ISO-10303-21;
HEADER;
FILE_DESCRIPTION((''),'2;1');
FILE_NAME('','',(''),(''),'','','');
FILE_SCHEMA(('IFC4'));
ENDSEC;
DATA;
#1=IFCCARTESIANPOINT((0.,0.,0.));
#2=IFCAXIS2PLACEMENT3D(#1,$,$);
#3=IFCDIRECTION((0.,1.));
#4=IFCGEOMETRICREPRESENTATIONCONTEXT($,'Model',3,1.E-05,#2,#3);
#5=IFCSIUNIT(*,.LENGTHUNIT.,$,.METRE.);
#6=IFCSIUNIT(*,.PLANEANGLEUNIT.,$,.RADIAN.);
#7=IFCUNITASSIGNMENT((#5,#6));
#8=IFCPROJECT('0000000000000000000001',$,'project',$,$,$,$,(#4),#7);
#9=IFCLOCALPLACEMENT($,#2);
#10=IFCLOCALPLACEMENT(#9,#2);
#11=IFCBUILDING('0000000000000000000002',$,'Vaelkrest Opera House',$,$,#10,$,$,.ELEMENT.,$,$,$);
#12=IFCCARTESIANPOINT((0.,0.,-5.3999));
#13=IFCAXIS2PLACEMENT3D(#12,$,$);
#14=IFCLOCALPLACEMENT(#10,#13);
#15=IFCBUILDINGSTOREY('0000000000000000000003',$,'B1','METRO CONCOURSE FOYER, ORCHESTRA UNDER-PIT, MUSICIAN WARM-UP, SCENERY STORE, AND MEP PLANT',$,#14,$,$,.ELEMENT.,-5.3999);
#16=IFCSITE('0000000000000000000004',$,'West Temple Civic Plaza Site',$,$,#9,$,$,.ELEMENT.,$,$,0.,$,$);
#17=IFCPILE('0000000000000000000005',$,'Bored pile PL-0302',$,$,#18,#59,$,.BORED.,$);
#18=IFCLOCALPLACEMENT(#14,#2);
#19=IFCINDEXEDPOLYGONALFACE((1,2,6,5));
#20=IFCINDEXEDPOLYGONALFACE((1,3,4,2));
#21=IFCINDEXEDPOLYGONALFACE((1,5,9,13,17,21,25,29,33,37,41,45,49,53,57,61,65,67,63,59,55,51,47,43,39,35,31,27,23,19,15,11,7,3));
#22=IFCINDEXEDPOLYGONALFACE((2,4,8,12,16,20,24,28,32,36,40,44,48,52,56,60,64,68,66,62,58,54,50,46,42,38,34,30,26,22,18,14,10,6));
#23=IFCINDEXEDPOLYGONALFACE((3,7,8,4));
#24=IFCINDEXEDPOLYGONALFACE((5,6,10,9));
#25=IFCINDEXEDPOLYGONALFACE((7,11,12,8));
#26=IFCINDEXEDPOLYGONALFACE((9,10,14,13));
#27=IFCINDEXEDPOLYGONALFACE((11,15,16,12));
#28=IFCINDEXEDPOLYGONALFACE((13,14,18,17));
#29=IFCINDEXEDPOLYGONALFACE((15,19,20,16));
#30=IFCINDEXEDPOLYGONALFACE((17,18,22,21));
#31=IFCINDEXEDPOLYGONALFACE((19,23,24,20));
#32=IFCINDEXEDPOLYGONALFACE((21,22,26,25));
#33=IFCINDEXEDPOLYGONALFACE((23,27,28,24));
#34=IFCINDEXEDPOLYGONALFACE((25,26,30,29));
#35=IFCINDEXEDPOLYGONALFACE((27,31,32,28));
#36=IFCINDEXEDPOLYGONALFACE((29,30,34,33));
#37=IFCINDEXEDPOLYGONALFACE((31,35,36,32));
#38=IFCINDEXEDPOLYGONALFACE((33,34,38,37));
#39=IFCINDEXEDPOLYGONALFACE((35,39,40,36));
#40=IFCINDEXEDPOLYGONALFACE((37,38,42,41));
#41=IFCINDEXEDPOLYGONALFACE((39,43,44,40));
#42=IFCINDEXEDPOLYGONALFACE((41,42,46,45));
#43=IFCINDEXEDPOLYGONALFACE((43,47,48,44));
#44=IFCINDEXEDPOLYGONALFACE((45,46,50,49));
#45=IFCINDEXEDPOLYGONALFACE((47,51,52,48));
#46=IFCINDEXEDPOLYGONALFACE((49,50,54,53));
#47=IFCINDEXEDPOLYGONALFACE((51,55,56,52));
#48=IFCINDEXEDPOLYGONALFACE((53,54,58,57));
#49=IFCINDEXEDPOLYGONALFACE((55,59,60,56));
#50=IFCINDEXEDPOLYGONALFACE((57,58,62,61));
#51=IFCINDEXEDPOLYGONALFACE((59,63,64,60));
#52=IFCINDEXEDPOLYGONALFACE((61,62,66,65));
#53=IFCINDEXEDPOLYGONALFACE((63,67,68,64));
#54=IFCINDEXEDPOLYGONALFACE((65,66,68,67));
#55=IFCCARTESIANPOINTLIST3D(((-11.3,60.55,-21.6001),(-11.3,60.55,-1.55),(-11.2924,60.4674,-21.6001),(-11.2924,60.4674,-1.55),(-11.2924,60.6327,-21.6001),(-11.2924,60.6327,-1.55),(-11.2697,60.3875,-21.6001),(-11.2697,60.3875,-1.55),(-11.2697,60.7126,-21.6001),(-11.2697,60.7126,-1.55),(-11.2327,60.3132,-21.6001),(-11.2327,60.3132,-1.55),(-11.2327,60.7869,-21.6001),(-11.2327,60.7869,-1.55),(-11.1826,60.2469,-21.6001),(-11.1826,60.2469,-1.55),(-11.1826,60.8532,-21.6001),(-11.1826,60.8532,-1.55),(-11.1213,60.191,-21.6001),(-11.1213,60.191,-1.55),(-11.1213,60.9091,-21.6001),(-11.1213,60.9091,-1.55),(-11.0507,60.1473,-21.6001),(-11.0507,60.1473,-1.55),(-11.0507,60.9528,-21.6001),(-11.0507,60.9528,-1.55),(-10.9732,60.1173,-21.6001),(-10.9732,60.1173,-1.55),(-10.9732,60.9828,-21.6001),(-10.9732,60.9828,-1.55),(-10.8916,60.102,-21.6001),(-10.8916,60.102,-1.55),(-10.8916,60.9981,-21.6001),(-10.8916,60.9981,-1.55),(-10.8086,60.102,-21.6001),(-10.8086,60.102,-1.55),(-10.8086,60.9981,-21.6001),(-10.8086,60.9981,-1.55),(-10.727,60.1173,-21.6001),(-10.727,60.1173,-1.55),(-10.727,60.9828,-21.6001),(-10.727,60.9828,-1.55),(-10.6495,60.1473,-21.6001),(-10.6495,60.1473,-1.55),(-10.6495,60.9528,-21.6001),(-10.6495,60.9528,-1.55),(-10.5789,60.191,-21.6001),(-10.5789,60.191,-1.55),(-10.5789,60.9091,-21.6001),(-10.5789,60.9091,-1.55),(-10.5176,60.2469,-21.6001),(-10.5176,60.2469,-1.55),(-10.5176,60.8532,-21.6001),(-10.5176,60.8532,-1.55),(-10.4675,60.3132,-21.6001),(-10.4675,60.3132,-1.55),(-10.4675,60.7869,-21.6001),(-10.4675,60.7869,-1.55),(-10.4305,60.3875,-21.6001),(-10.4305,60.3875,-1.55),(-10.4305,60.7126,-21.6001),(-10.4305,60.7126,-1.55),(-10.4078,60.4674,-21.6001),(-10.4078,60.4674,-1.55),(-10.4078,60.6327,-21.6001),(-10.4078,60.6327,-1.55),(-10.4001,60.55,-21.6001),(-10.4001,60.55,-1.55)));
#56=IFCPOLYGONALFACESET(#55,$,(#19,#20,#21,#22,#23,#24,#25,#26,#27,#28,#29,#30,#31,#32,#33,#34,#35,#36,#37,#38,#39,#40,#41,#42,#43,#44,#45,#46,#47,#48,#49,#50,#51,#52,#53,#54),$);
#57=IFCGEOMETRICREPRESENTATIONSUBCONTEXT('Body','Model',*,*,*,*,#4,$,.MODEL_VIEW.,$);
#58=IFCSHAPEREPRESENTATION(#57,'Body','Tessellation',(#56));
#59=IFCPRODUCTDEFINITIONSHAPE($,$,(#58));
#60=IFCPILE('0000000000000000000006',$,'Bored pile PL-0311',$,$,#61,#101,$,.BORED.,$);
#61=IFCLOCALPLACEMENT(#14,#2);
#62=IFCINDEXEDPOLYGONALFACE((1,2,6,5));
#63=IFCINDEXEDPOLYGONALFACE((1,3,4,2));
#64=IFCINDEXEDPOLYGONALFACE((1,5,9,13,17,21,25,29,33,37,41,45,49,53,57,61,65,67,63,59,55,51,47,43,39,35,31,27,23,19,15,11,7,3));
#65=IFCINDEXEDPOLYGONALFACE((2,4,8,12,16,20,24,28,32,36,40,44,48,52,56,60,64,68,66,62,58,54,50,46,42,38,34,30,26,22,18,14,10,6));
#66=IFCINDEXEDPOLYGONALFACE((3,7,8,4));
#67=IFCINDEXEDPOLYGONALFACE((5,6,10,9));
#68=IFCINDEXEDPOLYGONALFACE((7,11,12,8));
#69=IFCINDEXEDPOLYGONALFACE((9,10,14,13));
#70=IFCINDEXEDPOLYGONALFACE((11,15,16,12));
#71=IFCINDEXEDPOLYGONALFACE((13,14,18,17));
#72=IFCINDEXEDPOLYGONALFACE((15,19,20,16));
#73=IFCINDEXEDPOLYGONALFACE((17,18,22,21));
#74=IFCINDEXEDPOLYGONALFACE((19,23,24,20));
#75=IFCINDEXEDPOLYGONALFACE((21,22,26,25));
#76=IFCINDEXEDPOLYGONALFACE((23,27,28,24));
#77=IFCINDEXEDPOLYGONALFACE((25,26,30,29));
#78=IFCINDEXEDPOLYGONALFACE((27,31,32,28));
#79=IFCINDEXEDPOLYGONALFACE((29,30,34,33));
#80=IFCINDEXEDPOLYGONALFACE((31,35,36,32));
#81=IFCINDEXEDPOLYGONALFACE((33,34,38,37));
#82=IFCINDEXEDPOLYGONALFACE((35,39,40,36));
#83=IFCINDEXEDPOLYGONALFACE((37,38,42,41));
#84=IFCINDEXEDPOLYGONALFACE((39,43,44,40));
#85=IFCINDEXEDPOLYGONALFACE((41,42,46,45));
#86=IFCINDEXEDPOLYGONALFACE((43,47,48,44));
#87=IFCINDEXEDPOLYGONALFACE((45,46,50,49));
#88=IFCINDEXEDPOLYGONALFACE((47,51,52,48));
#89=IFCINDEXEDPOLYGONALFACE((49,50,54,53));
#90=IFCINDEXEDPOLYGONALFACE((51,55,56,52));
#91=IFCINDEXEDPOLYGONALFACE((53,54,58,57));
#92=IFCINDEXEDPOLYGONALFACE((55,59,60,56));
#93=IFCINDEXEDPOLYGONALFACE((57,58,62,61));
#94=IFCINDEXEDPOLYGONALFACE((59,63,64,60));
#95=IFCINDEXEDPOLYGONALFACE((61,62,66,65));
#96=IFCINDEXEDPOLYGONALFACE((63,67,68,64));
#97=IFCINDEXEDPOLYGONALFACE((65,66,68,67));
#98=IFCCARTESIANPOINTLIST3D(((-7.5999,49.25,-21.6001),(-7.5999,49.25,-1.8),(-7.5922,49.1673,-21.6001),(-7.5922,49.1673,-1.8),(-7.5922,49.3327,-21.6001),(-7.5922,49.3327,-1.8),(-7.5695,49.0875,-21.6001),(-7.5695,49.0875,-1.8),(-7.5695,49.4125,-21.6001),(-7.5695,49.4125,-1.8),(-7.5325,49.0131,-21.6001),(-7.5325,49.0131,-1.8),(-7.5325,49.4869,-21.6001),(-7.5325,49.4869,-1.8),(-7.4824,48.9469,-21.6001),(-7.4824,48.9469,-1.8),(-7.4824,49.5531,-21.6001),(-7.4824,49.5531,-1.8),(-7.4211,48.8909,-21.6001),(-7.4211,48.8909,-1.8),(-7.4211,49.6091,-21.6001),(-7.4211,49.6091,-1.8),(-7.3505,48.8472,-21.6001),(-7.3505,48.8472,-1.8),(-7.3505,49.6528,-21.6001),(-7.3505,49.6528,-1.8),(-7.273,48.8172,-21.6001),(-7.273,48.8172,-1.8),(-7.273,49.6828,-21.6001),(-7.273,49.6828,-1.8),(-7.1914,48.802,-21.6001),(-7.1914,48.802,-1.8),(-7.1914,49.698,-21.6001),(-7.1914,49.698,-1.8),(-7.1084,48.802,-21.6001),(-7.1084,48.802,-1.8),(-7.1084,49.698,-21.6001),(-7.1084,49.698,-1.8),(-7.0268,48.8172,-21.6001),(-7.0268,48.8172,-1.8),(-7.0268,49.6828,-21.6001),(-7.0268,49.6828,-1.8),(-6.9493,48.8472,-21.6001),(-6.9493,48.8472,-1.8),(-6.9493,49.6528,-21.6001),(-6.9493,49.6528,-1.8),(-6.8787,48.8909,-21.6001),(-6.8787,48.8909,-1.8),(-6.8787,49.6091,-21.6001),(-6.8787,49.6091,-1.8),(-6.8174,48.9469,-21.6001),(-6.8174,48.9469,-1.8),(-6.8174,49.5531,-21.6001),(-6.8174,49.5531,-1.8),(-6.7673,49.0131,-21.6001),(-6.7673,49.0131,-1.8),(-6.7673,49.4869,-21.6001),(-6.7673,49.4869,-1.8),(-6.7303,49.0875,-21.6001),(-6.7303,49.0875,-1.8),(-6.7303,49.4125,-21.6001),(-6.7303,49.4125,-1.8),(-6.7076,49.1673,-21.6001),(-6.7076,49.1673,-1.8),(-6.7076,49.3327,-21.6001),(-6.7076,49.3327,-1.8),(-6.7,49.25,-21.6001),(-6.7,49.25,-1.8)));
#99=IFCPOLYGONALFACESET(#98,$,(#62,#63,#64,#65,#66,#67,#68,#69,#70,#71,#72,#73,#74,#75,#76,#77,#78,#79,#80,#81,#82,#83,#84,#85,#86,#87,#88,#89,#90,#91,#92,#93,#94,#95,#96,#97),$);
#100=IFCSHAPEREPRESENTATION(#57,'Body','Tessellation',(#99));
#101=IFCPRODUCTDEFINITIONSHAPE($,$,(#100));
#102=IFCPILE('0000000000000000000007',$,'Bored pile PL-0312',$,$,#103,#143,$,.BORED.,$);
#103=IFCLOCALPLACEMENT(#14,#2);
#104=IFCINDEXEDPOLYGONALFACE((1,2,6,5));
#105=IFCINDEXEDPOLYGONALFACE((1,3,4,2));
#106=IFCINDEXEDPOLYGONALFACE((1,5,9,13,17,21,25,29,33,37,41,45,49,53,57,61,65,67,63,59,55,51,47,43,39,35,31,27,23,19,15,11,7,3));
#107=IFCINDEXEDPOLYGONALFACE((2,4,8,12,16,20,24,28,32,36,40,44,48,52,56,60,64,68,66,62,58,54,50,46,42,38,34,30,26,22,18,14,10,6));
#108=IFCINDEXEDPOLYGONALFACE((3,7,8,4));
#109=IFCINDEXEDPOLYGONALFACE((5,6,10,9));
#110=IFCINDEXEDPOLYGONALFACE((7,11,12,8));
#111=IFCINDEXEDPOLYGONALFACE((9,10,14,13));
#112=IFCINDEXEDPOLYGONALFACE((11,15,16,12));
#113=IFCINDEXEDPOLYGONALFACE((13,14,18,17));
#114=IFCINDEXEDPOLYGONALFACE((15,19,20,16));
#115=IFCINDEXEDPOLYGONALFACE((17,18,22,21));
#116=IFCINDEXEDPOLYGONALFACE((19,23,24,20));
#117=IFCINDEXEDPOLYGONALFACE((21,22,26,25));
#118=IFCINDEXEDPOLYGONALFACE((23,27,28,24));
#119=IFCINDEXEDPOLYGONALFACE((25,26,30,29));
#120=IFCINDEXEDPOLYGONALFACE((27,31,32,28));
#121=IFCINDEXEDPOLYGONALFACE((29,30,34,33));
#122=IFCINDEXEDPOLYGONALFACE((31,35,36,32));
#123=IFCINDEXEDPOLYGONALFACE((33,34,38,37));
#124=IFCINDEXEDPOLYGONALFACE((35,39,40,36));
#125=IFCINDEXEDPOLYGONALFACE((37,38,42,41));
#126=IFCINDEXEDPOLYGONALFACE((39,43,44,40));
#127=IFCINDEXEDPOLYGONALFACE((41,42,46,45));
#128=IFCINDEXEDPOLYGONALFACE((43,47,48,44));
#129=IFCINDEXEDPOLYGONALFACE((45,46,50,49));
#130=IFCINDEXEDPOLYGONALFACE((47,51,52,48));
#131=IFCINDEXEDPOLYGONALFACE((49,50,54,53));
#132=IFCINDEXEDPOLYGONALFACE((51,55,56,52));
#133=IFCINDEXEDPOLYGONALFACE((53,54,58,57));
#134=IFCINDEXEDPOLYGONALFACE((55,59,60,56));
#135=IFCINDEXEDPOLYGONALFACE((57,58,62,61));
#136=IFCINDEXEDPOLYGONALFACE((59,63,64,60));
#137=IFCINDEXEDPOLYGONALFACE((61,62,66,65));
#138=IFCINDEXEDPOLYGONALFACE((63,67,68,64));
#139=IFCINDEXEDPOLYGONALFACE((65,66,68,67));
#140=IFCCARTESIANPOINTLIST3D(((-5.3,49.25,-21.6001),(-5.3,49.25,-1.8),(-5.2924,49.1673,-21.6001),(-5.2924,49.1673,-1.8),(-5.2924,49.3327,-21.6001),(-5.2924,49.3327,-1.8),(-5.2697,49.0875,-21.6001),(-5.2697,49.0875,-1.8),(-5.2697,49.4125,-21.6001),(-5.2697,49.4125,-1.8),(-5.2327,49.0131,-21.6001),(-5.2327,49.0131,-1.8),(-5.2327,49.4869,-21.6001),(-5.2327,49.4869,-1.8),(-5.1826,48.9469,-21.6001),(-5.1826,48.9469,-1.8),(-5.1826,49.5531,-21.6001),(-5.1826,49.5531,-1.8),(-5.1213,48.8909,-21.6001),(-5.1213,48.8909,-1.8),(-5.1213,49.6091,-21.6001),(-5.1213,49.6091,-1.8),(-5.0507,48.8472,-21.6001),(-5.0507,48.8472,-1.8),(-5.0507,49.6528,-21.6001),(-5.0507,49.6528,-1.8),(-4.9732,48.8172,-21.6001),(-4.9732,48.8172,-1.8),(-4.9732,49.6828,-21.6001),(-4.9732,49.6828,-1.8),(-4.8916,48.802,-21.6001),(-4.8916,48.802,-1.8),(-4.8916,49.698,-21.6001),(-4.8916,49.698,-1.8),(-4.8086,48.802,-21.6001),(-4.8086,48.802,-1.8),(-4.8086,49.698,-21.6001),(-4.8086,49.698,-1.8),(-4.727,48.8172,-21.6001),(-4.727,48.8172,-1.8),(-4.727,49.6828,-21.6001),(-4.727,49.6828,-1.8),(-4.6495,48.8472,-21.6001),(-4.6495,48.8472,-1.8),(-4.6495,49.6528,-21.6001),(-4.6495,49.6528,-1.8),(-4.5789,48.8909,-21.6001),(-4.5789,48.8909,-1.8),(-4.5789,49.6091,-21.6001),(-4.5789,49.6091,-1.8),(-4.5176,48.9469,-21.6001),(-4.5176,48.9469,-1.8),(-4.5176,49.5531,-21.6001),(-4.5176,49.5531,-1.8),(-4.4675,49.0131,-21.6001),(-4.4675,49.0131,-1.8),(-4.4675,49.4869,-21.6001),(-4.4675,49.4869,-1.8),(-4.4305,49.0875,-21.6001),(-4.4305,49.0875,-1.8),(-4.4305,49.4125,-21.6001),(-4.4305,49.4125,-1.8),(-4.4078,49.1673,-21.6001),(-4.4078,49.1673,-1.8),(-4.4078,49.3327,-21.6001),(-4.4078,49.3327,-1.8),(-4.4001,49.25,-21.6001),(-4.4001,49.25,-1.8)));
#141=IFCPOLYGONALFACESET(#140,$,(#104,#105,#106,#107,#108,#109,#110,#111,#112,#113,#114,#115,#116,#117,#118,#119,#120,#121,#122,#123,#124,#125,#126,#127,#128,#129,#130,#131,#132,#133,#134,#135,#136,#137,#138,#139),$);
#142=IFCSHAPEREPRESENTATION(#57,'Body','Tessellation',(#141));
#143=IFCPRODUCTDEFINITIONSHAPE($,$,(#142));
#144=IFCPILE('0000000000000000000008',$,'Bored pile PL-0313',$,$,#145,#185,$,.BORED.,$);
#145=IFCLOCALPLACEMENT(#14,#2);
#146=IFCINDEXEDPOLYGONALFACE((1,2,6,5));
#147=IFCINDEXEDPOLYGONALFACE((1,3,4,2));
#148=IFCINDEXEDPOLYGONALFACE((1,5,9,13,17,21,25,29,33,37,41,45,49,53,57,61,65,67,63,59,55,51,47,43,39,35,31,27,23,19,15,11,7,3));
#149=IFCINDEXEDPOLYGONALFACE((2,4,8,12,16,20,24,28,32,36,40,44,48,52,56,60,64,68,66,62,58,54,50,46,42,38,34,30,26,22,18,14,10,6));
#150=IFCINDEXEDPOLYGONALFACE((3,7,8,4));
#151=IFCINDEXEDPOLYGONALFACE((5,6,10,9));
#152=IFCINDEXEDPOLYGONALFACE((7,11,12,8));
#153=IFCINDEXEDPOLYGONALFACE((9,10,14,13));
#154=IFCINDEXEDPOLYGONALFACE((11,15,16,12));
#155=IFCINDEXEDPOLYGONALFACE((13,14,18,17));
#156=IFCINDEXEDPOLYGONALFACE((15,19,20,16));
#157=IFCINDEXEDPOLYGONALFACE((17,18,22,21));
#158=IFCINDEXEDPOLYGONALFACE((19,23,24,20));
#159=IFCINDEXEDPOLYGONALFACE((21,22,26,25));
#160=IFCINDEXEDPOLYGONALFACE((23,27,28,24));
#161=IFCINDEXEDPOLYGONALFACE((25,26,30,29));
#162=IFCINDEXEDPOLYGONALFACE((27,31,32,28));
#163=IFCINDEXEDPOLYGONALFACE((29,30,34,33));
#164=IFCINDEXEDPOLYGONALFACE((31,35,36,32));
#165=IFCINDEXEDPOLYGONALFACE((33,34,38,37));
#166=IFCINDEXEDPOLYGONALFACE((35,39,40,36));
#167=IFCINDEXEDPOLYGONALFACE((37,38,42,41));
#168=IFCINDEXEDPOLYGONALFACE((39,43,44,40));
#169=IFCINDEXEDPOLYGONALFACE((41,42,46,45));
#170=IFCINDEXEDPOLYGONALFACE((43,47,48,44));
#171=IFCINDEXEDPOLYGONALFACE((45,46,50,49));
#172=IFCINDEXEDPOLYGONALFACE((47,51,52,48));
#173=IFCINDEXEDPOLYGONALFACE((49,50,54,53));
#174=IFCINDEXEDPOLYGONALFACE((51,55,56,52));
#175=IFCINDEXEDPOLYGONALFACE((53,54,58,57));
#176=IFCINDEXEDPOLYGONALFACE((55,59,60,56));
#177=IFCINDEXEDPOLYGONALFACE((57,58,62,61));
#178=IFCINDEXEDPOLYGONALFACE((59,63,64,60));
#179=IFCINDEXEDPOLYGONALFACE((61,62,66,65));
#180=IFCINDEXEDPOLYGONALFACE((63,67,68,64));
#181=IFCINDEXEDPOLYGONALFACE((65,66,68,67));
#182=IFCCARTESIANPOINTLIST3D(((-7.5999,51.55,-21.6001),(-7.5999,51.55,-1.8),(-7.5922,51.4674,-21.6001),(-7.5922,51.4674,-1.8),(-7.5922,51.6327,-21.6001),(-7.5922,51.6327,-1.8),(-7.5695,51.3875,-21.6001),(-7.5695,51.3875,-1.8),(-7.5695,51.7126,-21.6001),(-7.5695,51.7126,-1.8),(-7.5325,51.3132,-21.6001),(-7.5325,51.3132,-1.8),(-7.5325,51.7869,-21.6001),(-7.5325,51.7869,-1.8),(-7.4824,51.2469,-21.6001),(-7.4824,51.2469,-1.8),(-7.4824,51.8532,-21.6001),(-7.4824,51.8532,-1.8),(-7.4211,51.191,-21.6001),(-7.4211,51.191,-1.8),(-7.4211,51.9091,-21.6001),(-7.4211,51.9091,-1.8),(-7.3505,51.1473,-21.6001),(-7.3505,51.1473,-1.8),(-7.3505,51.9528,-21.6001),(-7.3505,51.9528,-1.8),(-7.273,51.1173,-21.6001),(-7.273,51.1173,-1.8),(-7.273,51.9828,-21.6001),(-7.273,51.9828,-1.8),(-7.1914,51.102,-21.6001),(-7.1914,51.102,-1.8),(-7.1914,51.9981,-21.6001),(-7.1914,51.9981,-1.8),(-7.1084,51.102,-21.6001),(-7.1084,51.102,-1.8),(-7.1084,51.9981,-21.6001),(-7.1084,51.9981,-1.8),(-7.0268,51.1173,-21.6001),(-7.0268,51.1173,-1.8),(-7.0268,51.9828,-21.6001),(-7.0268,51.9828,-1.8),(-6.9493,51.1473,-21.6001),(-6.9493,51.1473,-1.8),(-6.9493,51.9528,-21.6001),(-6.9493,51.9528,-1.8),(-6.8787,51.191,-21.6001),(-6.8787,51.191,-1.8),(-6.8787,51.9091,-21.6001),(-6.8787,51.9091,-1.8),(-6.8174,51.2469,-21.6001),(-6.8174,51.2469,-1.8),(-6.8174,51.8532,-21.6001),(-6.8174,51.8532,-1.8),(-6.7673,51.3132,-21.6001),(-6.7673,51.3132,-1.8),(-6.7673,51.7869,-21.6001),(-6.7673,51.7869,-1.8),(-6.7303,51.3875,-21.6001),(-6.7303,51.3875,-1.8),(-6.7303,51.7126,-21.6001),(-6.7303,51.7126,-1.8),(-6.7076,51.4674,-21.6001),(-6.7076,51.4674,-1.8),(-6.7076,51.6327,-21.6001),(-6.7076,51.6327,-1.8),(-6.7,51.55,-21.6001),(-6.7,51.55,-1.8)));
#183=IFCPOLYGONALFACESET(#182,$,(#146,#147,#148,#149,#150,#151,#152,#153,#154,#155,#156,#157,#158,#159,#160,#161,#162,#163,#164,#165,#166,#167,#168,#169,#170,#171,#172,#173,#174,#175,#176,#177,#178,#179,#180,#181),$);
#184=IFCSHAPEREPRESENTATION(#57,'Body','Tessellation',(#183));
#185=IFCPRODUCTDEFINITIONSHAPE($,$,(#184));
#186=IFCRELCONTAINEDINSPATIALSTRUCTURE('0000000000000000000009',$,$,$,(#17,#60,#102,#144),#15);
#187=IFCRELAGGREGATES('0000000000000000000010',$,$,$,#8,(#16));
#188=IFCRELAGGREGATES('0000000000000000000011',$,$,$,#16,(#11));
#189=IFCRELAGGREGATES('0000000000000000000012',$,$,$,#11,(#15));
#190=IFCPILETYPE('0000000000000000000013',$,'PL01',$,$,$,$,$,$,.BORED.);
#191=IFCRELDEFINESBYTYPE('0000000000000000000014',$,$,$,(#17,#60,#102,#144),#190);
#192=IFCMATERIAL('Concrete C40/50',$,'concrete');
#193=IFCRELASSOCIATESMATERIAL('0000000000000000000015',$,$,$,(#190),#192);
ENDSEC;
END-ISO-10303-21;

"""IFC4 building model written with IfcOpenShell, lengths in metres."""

from ifc_helpers import new_model, si_unit, direction, frame, origin, origin_2d, place, context, subcontext, project, spatial, circle, extrude, material, material_profile, profile_set, type_object, element, save


model = new_model("IFC4")

# Units and contexts
model_context = context("Model", 3, precision=1e-05, world=origin(), true_north=direction((0.0, 1.0)))
body_context = subcontext(model_context, "Body", "Model", "MODEL_VIEW")
ifc_project = project(units=[si_unit("LENGTHUNIT", "METRE"), si_unit("PLANEANGLEUNIT", "RADIAN")], contexts=[model_context])

# Site, building, storey
site_placement = place(None, origin())
site = spatial("IfcSite", under=ifc_project, at=site_placement, Name="West Temple Civic Plaza Site", CompositionType="ELEMENT", RefElevation=0.0)
building_placement = place(site_placement, origin())
building = spatial("IfcBuilding", under=site, at=building_placement, Name="Vaelkrest Opera House", CompositionType="ELEMENT")
storey_placement = place(building_placement, frame((0.0, 0.0, -5.3999)))
storey = spatial("IfcBuildingStorey", under=building, at=storey_placement, Name="B1", Description="METRO CONCOURSE FOYER, ORCHESTRA UNDER-PIT, MUSICIAN WARM-UP, SCENERY STORE, AND MEP PLANT", CompositionType="ELEMENT", Elevation=-5.3999)

# Shared definitions
ifc_material_1 = material(Name="Concrete C40/50", Category="concrete")

# Piles
ifc_material_profile_1 = material_profile(ifc_material_1, circle(Radius=0.45, at=origin_2d()), Name="PILE900")
ifc_profile_set_1 = profile_set([ifc_material_profile_1], Name="Concrete C40/50")
pile_type = type_object("IfcPileType", Name="PL01", PredefinedType="BORED", material=ifc_profile_set_1)
for number, where, z_axis, x_axis, name in (
    (1, (-10.8501, 60.55, -1.55), (0.0, 0.0, -1.0), (1.0, 0.0, 0.0), "Bored pile PL-0302"),
):
    element("IfcPile", number, at=place(storey_placement, frame(where, z_axis=z_axis, x_axis=x_axis)), inside=storey, type_object=pile_type, Name=name, PredefinedType="BORED", context=body_context, shape_type="SweptSolid", body=[
        extrude(circle(Radius=0.45, at=origin_2d()), origin(), (0.0, 0.0, 1.0), 20.05),
    ])
for number, where, z_axis, x_axis, name in (
    (2, (-7.1499, 49.25, -1.8), (0.0, 0.0, -1.0), (1.0, 0.0, 0.0), "Bored pile PL-0311"),
    (3, (-4.8501, 49.25, -1.8), (0.0, 0.0, -1.0), (1.0, 0.0, 0.0), "Bored pile PL-0312"),
    (4, (-7.1499, 51.55, -1.8), (0.0, 0.0, -1.0), (1.0, 0.0, 0.0), "Bored pile PL-0313"),
):
    element("IfcPile", number, at=place(storey_placement, frame(where, z_axis=z_axis, x_axis=x_axis)), inside=storey, type_object=pile_type, Name=name, PredefinedType="BORED", context=body_context, shape_type="SweptSolid", body=[
        extrude(circle(Radius=0.45, at=origin_2d()), origin(), (0.0, 0.0, 1.0), 19.8),
    ])

save(model, "model.ifc")
